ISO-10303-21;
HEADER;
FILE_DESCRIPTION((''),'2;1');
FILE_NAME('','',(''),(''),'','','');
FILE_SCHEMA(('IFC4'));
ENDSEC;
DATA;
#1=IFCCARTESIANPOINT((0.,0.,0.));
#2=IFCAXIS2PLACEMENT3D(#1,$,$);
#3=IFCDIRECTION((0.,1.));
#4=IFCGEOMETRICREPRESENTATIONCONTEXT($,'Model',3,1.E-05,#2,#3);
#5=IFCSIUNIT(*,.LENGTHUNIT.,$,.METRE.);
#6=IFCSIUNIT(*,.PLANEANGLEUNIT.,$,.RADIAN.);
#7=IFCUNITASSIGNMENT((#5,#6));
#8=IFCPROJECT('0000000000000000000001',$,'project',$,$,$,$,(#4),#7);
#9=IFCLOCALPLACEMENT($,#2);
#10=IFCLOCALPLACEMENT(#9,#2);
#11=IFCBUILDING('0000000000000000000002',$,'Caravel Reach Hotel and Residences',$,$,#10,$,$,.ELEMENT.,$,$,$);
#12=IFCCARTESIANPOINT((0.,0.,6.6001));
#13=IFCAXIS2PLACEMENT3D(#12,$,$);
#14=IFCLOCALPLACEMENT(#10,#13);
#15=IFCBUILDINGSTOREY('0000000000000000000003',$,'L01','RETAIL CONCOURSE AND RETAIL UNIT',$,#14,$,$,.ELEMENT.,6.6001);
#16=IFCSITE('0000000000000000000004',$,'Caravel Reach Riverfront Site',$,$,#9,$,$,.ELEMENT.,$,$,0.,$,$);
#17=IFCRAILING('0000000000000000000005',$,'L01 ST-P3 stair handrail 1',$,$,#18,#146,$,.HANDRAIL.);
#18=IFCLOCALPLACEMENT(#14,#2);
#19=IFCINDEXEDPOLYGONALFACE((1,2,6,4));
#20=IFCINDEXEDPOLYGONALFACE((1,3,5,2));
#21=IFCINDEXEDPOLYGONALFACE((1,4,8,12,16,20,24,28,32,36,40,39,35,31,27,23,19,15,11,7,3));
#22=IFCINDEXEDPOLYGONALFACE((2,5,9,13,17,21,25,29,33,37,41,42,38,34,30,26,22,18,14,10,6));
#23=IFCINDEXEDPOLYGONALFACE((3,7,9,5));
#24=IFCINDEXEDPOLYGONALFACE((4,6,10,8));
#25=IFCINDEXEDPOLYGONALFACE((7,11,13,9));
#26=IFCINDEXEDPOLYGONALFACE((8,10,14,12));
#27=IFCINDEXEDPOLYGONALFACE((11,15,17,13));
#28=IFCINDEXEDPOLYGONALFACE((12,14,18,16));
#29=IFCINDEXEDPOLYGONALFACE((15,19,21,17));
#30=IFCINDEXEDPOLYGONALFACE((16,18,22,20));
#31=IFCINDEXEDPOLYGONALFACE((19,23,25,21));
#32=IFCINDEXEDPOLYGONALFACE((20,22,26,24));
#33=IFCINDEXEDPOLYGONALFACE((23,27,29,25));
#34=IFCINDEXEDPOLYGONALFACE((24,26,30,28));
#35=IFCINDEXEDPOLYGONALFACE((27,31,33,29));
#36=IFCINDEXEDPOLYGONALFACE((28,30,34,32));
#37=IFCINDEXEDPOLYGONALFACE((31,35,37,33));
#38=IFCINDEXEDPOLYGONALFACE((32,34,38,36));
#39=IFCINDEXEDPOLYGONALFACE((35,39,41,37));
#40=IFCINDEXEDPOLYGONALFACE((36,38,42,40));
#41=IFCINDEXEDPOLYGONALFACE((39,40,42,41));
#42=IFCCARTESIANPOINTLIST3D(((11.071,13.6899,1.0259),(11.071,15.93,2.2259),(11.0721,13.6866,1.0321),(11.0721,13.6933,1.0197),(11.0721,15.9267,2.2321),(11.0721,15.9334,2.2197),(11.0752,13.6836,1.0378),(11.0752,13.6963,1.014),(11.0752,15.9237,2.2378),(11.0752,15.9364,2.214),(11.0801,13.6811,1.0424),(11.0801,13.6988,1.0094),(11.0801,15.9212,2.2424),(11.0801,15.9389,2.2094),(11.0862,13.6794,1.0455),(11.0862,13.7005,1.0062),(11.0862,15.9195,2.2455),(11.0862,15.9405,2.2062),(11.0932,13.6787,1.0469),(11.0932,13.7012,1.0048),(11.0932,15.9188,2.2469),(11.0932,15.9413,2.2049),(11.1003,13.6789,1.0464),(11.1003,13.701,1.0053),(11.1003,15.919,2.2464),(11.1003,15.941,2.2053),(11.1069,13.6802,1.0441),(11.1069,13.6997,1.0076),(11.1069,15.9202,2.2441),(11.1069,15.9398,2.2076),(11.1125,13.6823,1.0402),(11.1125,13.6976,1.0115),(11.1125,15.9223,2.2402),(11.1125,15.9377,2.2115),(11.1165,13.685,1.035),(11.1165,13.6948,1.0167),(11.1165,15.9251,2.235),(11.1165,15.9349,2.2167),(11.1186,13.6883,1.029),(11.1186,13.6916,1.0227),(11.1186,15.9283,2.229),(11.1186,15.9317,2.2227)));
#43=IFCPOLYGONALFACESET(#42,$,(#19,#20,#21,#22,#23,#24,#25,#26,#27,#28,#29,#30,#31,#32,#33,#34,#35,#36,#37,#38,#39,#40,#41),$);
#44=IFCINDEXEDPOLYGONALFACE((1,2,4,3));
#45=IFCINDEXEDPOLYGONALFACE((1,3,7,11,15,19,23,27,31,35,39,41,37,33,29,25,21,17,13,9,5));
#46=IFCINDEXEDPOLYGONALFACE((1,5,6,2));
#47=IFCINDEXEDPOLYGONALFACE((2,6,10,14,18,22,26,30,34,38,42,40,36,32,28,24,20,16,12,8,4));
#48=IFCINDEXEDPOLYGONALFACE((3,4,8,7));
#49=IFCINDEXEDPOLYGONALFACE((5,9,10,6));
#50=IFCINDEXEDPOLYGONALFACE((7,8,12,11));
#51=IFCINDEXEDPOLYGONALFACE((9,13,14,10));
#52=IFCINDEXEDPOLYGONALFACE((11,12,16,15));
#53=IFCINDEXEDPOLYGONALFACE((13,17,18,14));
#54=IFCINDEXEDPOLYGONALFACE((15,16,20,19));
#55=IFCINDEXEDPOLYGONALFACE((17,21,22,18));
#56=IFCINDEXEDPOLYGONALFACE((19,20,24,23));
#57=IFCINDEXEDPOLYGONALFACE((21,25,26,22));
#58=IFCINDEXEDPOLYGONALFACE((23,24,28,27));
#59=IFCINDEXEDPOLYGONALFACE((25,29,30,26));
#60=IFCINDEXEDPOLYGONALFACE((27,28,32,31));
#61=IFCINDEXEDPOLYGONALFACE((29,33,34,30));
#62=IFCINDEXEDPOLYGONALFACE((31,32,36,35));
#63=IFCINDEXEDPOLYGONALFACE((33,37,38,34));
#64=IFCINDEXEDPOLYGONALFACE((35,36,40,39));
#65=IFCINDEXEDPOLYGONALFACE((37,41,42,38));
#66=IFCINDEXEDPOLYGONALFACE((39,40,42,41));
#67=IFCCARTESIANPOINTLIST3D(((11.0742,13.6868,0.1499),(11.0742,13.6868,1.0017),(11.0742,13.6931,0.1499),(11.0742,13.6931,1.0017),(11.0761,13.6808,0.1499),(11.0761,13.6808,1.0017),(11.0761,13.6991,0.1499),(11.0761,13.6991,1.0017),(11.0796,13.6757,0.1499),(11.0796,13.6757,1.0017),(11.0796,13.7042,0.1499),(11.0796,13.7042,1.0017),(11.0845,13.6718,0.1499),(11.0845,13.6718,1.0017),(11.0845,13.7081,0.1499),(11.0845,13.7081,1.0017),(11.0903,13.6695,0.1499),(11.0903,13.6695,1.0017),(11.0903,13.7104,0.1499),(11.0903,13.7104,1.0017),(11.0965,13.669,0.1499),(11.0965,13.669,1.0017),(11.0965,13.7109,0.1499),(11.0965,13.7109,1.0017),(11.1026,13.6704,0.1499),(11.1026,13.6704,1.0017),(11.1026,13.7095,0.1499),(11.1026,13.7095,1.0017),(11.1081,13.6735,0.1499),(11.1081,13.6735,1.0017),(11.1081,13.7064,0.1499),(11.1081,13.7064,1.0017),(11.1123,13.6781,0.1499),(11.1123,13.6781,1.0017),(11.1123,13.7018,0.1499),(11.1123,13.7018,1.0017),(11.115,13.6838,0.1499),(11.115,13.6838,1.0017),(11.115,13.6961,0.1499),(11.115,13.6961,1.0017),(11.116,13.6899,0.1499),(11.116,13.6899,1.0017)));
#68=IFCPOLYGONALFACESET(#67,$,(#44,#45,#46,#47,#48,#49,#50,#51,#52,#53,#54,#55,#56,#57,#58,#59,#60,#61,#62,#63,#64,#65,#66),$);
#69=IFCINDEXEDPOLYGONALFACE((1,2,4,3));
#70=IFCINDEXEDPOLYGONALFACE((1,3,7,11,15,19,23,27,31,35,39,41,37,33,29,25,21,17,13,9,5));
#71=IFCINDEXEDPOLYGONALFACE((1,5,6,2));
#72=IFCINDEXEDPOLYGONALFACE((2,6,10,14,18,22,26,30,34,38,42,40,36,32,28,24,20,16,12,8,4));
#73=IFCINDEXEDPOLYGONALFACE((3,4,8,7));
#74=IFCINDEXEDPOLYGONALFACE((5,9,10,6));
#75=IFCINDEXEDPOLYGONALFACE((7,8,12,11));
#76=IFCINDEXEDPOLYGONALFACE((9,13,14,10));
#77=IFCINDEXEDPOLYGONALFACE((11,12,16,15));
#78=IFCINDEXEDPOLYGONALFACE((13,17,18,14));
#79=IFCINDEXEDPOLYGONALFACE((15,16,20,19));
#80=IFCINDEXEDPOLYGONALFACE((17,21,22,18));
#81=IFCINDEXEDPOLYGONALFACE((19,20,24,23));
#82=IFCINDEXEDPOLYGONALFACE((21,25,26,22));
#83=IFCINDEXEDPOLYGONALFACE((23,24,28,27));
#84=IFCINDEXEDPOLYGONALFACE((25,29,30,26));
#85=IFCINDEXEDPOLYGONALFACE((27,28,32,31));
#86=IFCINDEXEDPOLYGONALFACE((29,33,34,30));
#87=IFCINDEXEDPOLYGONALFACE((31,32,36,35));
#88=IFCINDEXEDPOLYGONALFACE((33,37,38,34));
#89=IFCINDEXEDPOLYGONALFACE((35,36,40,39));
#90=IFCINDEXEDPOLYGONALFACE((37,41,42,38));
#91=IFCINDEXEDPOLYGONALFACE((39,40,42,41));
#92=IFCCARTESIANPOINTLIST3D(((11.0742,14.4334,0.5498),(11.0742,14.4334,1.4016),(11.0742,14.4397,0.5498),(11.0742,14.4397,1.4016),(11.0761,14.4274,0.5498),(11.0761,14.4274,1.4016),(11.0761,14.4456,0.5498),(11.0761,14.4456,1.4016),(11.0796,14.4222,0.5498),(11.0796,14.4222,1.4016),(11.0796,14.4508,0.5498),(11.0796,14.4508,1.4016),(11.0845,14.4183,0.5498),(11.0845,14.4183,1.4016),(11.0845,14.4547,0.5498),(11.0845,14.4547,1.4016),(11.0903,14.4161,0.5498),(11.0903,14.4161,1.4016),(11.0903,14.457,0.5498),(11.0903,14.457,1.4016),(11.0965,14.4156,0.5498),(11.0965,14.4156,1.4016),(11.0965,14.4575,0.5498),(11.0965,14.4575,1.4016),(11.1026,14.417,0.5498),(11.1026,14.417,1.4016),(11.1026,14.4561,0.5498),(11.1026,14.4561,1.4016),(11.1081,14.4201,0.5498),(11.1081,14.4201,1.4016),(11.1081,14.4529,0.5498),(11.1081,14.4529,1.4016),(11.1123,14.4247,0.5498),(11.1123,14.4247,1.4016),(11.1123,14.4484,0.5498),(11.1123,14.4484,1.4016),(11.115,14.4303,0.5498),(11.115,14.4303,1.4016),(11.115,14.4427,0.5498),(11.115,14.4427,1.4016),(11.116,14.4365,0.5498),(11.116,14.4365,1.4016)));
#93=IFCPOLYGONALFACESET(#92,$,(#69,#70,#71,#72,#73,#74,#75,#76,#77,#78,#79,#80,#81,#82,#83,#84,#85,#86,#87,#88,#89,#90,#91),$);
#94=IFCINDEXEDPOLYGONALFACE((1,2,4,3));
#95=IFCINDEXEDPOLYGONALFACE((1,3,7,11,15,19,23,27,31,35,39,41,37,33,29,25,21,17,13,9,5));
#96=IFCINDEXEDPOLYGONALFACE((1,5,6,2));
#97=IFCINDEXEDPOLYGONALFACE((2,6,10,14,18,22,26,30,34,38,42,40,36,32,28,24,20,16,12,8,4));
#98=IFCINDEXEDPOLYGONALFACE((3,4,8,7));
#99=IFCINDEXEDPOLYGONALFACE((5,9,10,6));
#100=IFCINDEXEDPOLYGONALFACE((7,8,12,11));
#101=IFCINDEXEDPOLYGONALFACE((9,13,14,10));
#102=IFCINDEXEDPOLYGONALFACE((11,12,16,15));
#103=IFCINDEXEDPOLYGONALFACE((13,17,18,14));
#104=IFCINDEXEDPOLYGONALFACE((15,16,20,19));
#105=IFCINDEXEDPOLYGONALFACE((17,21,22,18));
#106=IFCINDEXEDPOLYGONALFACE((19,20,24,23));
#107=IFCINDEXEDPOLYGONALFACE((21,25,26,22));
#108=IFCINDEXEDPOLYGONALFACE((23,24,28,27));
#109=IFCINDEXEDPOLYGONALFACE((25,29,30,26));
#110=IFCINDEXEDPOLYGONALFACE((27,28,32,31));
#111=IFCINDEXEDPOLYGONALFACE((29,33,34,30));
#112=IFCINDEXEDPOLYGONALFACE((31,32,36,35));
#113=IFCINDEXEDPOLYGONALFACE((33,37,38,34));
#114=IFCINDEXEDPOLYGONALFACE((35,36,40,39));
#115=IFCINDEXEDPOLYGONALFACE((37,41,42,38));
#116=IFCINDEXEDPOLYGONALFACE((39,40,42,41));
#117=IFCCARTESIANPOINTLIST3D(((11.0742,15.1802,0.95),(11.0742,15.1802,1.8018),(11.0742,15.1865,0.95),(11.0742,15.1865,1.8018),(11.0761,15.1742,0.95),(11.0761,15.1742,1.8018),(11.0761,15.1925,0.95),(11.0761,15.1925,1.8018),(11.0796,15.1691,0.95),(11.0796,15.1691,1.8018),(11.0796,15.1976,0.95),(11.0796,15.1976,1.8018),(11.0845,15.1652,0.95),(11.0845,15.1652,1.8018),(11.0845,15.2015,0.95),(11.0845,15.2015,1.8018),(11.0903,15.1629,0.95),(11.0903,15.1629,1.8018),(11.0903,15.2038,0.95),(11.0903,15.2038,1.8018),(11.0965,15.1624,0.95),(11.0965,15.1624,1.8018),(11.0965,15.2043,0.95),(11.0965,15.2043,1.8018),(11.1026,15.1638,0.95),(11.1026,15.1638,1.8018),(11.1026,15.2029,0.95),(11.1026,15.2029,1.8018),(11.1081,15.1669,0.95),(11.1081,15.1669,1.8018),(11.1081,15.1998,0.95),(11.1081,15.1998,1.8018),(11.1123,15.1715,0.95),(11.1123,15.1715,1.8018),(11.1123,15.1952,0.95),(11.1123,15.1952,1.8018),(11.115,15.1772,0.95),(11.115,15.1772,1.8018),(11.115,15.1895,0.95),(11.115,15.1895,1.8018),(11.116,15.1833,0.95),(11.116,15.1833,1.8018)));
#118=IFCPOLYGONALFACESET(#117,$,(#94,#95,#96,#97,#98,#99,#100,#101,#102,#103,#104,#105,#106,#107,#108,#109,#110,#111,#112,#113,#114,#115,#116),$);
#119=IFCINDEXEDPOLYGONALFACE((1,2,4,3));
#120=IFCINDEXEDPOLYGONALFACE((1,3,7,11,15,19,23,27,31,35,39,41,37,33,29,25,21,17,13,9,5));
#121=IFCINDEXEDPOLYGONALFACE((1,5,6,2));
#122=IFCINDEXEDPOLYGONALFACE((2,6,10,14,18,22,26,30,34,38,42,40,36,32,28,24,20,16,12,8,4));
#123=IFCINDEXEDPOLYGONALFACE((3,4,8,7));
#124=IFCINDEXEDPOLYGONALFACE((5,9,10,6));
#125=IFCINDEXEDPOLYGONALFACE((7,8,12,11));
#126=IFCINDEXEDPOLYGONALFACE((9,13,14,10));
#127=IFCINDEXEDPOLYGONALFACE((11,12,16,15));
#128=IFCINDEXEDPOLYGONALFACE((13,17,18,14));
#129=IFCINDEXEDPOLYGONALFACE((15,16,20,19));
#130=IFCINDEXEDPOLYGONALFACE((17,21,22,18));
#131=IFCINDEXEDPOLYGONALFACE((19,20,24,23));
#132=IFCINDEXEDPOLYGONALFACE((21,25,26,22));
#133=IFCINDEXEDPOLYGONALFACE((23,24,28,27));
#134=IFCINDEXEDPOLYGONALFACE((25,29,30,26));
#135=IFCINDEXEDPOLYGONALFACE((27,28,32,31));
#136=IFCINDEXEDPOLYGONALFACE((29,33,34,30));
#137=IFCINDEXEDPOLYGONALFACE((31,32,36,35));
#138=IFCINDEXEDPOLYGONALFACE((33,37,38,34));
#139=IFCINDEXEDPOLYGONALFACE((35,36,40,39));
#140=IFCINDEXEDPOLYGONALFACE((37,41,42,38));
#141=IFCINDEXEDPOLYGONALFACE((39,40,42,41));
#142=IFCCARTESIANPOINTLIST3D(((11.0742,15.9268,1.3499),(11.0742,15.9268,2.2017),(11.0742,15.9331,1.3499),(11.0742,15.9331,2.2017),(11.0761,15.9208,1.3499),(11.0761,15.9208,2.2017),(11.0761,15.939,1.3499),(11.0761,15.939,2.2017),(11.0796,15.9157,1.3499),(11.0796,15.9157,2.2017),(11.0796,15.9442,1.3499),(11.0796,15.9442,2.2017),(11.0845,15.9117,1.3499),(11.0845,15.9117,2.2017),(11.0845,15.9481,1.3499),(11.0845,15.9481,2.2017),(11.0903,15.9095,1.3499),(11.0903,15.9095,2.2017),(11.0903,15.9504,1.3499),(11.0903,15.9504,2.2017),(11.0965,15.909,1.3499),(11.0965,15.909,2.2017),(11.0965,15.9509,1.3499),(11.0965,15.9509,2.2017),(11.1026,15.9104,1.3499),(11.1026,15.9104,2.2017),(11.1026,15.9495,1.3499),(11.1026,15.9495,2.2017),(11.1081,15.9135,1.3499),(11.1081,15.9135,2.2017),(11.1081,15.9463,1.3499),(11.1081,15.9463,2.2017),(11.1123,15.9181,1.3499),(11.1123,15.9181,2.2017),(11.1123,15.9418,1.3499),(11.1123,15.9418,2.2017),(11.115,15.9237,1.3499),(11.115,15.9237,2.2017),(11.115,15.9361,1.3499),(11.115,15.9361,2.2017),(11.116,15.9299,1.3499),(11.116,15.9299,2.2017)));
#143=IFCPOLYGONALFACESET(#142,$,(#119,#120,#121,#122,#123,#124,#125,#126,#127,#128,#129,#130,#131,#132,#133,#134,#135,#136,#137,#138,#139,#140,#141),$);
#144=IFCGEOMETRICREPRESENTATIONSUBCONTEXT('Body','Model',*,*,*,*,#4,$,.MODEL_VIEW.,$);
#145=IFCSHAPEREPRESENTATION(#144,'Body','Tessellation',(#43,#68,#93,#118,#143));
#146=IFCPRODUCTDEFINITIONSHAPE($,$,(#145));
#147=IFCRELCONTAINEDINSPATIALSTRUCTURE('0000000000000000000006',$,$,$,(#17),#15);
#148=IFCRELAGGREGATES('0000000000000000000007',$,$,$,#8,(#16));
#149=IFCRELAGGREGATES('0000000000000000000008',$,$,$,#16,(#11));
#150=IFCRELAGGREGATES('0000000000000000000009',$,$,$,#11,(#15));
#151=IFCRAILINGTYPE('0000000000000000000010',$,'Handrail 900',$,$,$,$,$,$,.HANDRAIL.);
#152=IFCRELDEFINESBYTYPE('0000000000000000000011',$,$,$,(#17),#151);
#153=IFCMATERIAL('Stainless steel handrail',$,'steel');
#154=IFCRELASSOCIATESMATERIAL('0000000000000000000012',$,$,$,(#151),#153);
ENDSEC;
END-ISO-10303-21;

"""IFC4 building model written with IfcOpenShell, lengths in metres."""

from ifc_helpers import new_model, si_unit, direction, frame, origin, origin_2d, place, context, subcontext, project, spatial, circle, extrude, material, type_object, element, save


model = new_model("IFC4")

# Units and contexts
model_context = context("Model", 3, precision=1e-05, world=origin(), true_north=direction((0.0, 1.0)))
body_context = subcontext(model_context, "Body", "Model", "MODEL_VIEW")
ifc_project = project(units=[si_unit("LENGTHUNIT", "METRE"), si_unit("PLANEANGLEUNIT", "RADIAN")], contexts=[model_context])

# Site, building, storey
site_placement = place(None, origin())
site = spatial("IfcSite", under=ifc_project, at=site_placement, Name="Caravel Reach Riverfront Site", CompositionType="ELEMENT", RefElevation=0.0)
building_placement = place(site_placement, origin())
building = spatial("IfcBuilding", under=site, at=building_placement, Name="Caravel Reach Hotel and Residences", CompositionType="ELEMENT")
storey_placement = place(building_placement, frame((0.0, 0.0, 6.6001)))
storey = spatial("IfcBuildingStorey", under=building, at=storey_placement, Name="L01", Description="RETAIL CONCOURSE AND RETAIL UNIT", CompositionType="ELEMENT", Elevation=6.6001)

# Railing
ifc_material_1 = material(Name="Stainless steel handrail", Category="steel")
railing_type_1 = type_object("IfcRailingType", Name="Handrail 900", PredefinedType="HANDRAIL", material=ifc_material_1)
for number, where, name in (
    (1, (11.095, 13.6899, 0.1499), "L01 ST-P3 stair handrail 1"),
):
    element("IfcRailing", number, at=place(storey_placement, frame(where)), inside=storey, type_object=railing_type_1, Name=name, PredefinedType="HANDRAIL", context=body_context, shape_type="SweptSolid", body=[
        extrude(circle(Radius=0.0239, at=origin_2d()), frame((0.0, 0.0, 0.876), z_axis=(0.0, 0.881487, 0.472208), x_axis=(-1.0, 0.0, 0.0)), (0.0, 0.0, 1.0), 2.5413),
        extrude(circle(Radius=0.021, at=origin_2d()), origin(), (0.0, 0.0, 1.0), 0.8518),
        extrude(circle(Radius=0.021, at=origin_2d()), frame((0.0, 0.7466, 0.3999)), (0.0, 0.0, 1.0), 0.8518),
        extrude(circle(Radius=0.021, at=origin_2d()), frame((0.0, 1.4934, 0.8)), (0.0, 0.0, 1.0), 0.8518),
        extrude(circle(Radius=0.021, at=origin_2d()), frame((0.0, 2.24, 1.2)), (0.0, 0.0, 1.0), 0.8518),
    ])

save(model, "model.ifc")
